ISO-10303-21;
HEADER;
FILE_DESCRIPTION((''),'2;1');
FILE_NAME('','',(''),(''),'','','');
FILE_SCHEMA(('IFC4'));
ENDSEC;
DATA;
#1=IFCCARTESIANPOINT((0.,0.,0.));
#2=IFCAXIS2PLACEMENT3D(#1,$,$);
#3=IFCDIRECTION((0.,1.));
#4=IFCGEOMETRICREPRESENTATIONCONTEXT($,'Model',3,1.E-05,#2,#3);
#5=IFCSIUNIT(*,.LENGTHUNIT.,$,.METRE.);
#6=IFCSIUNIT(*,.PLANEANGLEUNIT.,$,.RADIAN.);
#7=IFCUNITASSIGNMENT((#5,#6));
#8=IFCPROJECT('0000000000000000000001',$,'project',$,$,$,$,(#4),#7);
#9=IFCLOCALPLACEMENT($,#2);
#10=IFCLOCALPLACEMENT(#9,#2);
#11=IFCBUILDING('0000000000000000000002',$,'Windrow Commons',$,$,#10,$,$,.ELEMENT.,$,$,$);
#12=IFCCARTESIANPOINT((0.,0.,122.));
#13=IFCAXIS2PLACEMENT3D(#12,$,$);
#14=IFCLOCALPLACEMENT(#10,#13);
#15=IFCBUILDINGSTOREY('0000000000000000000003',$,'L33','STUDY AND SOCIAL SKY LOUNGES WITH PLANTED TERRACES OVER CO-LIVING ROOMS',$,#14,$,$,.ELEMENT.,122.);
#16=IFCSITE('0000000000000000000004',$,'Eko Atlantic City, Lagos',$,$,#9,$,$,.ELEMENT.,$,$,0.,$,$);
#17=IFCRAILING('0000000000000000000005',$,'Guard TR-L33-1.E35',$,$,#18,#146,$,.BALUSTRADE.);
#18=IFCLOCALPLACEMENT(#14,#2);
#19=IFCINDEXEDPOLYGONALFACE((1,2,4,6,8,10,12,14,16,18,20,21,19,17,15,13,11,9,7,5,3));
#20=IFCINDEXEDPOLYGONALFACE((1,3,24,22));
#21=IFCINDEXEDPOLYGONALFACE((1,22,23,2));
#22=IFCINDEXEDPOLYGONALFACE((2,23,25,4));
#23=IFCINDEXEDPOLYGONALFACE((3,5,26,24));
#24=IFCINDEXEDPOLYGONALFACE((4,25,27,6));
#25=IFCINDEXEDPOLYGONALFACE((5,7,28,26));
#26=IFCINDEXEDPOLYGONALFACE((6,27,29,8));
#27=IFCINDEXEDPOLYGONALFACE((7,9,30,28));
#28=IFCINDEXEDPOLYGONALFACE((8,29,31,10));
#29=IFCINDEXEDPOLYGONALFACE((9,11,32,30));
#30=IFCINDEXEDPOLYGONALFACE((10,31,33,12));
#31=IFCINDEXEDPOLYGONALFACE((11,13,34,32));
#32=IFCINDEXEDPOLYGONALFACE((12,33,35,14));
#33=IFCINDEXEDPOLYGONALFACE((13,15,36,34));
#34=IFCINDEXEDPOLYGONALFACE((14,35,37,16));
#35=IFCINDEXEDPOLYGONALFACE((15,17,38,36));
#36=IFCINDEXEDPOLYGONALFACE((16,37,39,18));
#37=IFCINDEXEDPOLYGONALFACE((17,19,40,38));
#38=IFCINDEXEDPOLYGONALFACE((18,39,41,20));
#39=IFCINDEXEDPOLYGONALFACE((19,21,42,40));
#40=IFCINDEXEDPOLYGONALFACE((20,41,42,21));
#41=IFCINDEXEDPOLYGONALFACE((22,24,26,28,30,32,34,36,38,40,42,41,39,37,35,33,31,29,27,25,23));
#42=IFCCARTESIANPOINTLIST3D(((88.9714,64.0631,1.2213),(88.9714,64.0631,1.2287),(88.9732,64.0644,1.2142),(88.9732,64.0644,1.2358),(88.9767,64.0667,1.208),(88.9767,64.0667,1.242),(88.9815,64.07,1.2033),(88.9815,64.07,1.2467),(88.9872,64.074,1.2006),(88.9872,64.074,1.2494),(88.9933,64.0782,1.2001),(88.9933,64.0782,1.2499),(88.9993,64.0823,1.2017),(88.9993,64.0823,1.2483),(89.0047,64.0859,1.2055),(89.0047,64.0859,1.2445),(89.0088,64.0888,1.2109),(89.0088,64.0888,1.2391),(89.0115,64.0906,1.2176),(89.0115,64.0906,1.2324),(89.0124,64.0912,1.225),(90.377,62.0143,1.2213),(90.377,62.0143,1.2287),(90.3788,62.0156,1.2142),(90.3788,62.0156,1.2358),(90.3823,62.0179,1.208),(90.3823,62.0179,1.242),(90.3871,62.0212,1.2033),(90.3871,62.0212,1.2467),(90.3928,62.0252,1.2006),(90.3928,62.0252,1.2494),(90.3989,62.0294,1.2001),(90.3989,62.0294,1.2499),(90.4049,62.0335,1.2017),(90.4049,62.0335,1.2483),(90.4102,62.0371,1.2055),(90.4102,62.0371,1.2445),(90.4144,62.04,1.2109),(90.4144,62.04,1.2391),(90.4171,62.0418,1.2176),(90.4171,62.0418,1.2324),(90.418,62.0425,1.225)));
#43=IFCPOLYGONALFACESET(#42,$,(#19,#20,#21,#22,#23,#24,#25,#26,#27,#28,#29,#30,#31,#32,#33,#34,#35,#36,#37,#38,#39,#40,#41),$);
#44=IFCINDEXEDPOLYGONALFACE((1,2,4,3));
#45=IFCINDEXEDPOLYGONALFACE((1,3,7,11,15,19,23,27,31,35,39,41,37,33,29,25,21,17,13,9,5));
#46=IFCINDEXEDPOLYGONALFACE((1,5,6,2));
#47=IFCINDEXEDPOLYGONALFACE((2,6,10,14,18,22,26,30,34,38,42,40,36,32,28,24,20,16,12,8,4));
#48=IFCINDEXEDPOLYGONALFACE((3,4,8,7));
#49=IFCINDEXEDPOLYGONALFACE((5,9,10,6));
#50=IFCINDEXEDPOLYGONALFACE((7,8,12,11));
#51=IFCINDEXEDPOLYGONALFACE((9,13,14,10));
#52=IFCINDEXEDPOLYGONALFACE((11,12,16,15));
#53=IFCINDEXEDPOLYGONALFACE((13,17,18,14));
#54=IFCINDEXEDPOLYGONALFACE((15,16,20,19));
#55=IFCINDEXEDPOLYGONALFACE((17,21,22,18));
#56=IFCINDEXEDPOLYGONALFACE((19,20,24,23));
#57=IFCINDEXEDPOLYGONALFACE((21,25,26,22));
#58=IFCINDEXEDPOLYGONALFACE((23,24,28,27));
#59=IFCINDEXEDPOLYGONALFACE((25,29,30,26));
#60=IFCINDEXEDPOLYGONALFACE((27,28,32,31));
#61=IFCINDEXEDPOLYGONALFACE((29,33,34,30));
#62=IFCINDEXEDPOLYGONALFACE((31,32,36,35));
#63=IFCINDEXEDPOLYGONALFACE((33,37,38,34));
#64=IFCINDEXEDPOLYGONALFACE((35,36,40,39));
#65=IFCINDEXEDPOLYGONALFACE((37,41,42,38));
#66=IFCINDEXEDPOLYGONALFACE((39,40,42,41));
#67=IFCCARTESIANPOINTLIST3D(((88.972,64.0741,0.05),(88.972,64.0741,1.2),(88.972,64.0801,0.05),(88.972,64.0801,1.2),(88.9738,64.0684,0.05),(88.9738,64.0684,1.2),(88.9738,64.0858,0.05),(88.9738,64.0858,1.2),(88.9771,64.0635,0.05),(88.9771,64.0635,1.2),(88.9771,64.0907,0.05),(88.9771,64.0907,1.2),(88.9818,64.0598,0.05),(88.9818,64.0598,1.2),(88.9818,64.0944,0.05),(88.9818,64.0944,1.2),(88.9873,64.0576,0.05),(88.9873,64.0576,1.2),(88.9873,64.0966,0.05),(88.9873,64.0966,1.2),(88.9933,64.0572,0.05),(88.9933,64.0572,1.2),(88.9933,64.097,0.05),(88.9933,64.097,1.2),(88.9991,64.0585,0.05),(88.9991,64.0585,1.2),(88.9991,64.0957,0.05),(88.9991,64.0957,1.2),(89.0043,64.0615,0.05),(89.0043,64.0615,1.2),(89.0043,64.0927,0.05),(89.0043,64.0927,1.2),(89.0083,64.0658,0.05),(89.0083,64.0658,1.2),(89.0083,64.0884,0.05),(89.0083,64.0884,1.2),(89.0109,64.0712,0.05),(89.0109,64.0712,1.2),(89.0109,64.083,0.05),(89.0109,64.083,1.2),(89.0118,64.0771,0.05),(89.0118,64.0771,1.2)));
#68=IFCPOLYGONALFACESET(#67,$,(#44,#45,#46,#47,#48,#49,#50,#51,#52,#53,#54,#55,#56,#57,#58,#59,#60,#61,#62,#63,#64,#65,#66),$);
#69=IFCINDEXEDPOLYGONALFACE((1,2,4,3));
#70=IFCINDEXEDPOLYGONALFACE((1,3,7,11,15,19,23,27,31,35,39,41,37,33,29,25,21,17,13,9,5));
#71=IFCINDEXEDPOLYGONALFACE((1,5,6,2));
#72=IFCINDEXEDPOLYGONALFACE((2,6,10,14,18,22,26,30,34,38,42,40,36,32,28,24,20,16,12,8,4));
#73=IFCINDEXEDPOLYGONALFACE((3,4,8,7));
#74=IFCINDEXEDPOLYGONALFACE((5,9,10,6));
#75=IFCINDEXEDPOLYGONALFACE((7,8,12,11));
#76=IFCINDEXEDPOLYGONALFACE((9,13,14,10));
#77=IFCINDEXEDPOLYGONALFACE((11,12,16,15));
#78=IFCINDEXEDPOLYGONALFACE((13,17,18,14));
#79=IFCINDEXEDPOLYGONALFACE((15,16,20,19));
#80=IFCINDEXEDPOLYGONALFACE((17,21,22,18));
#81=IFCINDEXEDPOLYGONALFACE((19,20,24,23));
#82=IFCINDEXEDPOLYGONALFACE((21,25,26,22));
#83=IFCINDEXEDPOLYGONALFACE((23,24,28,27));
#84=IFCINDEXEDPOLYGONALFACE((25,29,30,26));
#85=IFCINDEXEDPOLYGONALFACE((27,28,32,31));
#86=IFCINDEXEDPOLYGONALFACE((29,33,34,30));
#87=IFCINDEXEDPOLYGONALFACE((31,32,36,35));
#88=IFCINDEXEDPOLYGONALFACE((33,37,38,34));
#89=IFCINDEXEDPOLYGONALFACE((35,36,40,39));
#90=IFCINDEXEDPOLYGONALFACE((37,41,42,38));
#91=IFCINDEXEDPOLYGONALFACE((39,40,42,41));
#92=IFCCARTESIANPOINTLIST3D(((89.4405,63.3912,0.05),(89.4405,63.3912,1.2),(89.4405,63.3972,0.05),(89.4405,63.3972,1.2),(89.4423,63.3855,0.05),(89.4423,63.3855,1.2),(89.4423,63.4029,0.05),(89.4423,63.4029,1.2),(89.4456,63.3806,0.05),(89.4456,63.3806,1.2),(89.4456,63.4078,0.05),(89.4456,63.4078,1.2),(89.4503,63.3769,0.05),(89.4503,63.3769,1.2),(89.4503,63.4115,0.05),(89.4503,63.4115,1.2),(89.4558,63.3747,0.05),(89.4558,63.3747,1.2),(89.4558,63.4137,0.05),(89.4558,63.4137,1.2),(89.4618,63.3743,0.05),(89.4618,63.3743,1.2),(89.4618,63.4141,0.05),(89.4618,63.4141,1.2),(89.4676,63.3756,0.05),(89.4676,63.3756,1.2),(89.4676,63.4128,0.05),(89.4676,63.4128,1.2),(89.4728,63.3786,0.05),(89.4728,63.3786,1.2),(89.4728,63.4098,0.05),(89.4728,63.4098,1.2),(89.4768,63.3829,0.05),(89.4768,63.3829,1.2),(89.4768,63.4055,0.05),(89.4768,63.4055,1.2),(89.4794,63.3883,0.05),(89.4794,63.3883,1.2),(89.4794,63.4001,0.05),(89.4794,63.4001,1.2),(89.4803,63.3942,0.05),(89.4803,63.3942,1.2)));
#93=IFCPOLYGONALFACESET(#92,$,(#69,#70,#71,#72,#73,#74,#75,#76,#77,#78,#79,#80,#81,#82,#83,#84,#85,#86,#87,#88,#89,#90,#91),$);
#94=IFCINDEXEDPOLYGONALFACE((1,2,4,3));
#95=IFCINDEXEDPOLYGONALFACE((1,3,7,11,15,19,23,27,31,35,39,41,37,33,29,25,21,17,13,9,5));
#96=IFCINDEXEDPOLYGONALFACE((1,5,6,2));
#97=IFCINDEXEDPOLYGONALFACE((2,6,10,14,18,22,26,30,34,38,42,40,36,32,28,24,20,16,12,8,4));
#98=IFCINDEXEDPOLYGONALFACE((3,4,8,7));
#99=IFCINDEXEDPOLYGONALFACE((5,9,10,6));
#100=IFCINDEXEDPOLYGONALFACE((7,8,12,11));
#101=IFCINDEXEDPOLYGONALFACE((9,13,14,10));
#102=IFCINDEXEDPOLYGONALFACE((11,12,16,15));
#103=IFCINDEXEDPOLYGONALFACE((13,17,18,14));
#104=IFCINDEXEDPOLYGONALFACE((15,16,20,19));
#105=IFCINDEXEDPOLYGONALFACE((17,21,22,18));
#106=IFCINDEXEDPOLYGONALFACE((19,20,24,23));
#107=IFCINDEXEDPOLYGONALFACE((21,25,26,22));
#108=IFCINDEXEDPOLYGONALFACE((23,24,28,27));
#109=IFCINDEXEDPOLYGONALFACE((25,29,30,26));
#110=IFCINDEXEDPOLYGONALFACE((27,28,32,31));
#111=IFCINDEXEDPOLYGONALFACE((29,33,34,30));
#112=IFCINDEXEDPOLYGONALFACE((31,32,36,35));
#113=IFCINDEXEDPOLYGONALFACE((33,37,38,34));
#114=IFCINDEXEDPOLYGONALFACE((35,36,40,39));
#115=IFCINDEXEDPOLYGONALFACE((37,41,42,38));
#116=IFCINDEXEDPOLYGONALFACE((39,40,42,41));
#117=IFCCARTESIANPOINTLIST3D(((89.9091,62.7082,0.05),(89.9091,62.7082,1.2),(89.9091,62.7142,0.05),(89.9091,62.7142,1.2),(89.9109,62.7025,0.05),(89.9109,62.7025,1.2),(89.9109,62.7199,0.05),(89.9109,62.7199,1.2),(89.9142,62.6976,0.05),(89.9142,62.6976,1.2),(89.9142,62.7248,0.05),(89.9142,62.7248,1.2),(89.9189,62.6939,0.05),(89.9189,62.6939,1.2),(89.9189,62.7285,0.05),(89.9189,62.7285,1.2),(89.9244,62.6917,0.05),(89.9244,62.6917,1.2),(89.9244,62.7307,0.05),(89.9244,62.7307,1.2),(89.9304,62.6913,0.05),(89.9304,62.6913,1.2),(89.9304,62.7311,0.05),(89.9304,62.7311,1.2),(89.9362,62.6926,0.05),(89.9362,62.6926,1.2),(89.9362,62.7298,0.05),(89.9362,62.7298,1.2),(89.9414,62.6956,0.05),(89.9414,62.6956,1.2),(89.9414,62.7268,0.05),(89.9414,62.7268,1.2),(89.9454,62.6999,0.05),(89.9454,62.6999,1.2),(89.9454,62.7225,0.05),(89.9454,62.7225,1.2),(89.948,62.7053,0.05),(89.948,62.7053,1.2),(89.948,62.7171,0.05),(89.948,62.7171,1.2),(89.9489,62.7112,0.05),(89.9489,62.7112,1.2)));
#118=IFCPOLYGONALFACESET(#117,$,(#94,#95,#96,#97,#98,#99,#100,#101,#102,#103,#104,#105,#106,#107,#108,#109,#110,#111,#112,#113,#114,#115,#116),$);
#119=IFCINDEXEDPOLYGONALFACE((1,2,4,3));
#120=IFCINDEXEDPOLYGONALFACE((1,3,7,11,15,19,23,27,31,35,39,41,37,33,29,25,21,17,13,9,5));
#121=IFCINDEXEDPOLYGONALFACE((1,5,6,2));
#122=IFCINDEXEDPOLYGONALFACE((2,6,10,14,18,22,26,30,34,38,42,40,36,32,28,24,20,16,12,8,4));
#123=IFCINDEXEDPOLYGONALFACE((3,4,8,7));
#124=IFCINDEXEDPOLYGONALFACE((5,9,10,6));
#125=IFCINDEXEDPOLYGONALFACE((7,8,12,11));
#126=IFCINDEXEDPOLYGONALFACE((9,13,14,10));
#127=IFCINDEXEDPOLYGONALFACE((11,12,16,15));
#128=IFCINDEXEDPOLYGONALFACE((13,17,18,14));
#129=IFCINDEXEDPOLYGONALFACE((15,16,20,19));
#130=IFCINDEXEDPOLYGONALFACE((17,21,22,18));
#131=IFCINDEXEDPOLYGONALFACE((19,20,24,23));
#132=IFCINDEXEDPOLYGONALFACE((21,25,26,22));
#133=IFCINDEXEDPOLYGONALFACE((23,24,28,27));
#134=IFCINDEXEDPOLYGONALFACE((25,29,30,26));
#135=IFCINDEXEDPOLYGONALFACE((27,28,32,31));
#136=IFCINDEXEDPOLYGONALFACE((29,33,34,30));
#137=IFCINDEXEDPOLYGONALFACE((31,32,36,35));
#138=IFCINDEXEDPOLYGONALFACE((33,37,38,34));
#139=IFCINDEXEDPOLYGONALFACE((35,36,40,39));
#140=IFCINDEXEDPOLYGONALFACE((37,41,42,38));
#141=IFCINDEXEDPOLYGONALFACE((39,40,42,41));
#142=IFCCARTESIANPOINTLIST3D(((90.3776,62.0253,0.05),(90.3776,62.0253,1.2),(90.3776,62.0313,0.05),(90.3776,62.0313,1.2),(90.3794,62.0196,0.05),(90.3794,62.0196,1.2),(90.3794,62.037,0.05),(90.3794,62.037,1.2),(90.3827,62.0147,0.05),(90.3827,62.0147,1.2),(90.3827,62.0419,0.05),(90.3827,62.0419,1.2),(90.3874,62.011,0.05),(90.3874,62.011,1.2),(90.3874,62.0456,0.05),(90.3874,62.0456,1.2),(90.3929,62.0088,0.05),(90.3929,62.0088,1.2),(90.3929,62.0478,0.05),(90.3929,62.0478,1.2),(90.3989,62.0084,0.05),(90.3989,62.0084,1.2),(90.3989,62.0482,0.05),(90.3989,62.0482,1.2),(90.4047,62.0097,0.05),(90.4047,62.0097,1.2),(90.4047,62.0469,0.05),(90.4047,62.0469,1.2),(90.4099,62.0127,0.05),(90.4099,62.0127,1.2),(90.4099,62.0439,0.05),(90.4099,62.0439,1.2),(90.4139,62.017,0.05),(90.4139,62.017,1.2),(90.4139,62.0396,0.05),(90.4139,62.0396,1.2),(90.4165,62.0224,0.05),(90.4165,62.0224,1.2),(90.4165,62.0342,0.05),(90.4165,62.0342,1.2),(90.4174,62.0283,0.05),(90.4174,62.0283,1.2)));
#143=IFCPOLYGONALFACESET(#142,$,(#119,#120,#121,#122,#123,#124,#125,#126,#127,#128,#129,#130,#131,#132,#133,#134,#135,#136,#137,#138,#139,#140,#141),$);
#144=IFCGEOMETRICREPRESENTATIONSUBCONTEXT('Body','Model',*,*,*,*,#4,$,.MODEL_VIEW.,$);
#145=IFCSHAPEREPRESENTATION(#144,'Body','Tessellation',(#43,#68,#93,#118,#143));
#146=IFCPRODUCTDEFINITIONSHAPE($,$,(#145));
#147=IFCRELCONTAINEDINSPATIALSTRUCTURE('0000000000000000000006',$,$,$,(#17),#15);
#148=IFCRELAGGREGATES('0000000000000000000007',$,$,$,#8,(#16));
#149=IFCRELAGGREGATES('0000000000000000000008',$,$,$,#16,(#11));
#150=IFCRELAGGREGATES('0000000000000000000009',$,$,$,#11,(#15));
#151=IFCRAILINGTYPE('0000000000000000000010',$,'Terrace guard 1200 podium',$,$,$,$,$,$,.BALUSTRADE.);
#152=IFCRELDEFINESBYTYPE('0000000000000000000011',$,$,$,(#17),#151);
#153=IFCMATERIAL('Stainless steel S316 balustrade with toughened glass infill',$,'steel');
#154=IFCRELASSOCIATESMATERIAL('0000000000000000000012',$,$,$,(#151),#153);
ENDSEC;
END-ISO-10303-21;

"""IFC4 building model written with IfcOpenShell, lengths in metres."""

from ifc_helpers import new_model, si_unit, direction, frame, origin, origin_2d, place, context, subcontext, project, spatial, circle, extrude, material, type_object, element, save


model = new_model("IFC4")

# Units and contexts
model_context = context("Model", 3, precision=1e-05, world=origin(), true_north=direction((0.0, 1.0)))
body_context = subcontext(model_context, "Body", "Model", "MODEL_VIEW")
ifc_project = project(units=[si_unit("LENGTHUNIT", "METRE"), si_unit("PLANEANGLEUNIT", "RADIAN")], contexts=[model_context])

# Site, building, storey
site_placement = place(None, origin())
site = spatial("IfcSite", under=ifc_project, at=site_placement, Name="Eko Atlantic City, Lagos", CompositionType="ELEMENT", RefElevation=0.0)
building_placement = place(site_placement, origin())
building = spatial("IfcBuilding", under=site, at=building_placement, Name="Windrow Commons", CompositionType="ELEMENT")
storey_placement = place(building_placement, frame((0.0, 0.0, 122.0)))
storey = spatial("IfcBuildingStorey", under=building, at=storey_placement, Name="L33", Description="STUDY AND SOCIAL SKY LOUNGES WITH PLANTED TERRACES OVER CO-LIVING ROOMS", CompositionType="ELEMENT", Elevation=122.0)

# Railing
ifc_material_1 = material(Name="Stainless steel S316 balustrade with toughened glass infill", Category="steel")
railing_type_1 = type_object("IfcRailingType", Name="Terrace guard 1200 podium", PredefinedType="BALUSTRADE", material=ifc_material_1)
railing_1_placement = place(storey_placement, frame((88.9918, 64.0771, 0.05)))
element("IfcRailing", 1, at=railing_1_placement, inside=storey, type_object=railing_type_1, Name="Guard TR-L33-1.E35", PredefinedType="BALUSTRADE", context=body_context, shape_type="SweptSolid", body=[
    extrude(circle(Radius=0.025, at=origin_2d()), frame((0.0, 0.0, 1.175), z_axis=(0.565722, -0.824596, 0.0), x_axis=(0.824596, 0.565722, 0.0)), (0.0, 0.0, 1.0), 2.4846),
    extrude(circle(Radius=0.02, at=origin_2d()), origin(), (0.0, 0.0, 1.0), 1.15),
    extrude(circle(Radius=0.02, at=origin_2d()), frame((0.4685, -0.6829, 0.0)), (0.0, 0.0, 1.0), 1.15),
    extrude(circle(Radius=0.02, at=origin_2d()), frame((0.9371, -1.3659, 0.0)), (0.0, 0.0, 1.0), 1.15),
    extrude(circle(Radius=0.02, at=origin_2d()), frame((1.4056, -2.0488, 0.0)), (0.0, 0.0, 1.0), 1.15),
])

save(model, "model.ifc")
